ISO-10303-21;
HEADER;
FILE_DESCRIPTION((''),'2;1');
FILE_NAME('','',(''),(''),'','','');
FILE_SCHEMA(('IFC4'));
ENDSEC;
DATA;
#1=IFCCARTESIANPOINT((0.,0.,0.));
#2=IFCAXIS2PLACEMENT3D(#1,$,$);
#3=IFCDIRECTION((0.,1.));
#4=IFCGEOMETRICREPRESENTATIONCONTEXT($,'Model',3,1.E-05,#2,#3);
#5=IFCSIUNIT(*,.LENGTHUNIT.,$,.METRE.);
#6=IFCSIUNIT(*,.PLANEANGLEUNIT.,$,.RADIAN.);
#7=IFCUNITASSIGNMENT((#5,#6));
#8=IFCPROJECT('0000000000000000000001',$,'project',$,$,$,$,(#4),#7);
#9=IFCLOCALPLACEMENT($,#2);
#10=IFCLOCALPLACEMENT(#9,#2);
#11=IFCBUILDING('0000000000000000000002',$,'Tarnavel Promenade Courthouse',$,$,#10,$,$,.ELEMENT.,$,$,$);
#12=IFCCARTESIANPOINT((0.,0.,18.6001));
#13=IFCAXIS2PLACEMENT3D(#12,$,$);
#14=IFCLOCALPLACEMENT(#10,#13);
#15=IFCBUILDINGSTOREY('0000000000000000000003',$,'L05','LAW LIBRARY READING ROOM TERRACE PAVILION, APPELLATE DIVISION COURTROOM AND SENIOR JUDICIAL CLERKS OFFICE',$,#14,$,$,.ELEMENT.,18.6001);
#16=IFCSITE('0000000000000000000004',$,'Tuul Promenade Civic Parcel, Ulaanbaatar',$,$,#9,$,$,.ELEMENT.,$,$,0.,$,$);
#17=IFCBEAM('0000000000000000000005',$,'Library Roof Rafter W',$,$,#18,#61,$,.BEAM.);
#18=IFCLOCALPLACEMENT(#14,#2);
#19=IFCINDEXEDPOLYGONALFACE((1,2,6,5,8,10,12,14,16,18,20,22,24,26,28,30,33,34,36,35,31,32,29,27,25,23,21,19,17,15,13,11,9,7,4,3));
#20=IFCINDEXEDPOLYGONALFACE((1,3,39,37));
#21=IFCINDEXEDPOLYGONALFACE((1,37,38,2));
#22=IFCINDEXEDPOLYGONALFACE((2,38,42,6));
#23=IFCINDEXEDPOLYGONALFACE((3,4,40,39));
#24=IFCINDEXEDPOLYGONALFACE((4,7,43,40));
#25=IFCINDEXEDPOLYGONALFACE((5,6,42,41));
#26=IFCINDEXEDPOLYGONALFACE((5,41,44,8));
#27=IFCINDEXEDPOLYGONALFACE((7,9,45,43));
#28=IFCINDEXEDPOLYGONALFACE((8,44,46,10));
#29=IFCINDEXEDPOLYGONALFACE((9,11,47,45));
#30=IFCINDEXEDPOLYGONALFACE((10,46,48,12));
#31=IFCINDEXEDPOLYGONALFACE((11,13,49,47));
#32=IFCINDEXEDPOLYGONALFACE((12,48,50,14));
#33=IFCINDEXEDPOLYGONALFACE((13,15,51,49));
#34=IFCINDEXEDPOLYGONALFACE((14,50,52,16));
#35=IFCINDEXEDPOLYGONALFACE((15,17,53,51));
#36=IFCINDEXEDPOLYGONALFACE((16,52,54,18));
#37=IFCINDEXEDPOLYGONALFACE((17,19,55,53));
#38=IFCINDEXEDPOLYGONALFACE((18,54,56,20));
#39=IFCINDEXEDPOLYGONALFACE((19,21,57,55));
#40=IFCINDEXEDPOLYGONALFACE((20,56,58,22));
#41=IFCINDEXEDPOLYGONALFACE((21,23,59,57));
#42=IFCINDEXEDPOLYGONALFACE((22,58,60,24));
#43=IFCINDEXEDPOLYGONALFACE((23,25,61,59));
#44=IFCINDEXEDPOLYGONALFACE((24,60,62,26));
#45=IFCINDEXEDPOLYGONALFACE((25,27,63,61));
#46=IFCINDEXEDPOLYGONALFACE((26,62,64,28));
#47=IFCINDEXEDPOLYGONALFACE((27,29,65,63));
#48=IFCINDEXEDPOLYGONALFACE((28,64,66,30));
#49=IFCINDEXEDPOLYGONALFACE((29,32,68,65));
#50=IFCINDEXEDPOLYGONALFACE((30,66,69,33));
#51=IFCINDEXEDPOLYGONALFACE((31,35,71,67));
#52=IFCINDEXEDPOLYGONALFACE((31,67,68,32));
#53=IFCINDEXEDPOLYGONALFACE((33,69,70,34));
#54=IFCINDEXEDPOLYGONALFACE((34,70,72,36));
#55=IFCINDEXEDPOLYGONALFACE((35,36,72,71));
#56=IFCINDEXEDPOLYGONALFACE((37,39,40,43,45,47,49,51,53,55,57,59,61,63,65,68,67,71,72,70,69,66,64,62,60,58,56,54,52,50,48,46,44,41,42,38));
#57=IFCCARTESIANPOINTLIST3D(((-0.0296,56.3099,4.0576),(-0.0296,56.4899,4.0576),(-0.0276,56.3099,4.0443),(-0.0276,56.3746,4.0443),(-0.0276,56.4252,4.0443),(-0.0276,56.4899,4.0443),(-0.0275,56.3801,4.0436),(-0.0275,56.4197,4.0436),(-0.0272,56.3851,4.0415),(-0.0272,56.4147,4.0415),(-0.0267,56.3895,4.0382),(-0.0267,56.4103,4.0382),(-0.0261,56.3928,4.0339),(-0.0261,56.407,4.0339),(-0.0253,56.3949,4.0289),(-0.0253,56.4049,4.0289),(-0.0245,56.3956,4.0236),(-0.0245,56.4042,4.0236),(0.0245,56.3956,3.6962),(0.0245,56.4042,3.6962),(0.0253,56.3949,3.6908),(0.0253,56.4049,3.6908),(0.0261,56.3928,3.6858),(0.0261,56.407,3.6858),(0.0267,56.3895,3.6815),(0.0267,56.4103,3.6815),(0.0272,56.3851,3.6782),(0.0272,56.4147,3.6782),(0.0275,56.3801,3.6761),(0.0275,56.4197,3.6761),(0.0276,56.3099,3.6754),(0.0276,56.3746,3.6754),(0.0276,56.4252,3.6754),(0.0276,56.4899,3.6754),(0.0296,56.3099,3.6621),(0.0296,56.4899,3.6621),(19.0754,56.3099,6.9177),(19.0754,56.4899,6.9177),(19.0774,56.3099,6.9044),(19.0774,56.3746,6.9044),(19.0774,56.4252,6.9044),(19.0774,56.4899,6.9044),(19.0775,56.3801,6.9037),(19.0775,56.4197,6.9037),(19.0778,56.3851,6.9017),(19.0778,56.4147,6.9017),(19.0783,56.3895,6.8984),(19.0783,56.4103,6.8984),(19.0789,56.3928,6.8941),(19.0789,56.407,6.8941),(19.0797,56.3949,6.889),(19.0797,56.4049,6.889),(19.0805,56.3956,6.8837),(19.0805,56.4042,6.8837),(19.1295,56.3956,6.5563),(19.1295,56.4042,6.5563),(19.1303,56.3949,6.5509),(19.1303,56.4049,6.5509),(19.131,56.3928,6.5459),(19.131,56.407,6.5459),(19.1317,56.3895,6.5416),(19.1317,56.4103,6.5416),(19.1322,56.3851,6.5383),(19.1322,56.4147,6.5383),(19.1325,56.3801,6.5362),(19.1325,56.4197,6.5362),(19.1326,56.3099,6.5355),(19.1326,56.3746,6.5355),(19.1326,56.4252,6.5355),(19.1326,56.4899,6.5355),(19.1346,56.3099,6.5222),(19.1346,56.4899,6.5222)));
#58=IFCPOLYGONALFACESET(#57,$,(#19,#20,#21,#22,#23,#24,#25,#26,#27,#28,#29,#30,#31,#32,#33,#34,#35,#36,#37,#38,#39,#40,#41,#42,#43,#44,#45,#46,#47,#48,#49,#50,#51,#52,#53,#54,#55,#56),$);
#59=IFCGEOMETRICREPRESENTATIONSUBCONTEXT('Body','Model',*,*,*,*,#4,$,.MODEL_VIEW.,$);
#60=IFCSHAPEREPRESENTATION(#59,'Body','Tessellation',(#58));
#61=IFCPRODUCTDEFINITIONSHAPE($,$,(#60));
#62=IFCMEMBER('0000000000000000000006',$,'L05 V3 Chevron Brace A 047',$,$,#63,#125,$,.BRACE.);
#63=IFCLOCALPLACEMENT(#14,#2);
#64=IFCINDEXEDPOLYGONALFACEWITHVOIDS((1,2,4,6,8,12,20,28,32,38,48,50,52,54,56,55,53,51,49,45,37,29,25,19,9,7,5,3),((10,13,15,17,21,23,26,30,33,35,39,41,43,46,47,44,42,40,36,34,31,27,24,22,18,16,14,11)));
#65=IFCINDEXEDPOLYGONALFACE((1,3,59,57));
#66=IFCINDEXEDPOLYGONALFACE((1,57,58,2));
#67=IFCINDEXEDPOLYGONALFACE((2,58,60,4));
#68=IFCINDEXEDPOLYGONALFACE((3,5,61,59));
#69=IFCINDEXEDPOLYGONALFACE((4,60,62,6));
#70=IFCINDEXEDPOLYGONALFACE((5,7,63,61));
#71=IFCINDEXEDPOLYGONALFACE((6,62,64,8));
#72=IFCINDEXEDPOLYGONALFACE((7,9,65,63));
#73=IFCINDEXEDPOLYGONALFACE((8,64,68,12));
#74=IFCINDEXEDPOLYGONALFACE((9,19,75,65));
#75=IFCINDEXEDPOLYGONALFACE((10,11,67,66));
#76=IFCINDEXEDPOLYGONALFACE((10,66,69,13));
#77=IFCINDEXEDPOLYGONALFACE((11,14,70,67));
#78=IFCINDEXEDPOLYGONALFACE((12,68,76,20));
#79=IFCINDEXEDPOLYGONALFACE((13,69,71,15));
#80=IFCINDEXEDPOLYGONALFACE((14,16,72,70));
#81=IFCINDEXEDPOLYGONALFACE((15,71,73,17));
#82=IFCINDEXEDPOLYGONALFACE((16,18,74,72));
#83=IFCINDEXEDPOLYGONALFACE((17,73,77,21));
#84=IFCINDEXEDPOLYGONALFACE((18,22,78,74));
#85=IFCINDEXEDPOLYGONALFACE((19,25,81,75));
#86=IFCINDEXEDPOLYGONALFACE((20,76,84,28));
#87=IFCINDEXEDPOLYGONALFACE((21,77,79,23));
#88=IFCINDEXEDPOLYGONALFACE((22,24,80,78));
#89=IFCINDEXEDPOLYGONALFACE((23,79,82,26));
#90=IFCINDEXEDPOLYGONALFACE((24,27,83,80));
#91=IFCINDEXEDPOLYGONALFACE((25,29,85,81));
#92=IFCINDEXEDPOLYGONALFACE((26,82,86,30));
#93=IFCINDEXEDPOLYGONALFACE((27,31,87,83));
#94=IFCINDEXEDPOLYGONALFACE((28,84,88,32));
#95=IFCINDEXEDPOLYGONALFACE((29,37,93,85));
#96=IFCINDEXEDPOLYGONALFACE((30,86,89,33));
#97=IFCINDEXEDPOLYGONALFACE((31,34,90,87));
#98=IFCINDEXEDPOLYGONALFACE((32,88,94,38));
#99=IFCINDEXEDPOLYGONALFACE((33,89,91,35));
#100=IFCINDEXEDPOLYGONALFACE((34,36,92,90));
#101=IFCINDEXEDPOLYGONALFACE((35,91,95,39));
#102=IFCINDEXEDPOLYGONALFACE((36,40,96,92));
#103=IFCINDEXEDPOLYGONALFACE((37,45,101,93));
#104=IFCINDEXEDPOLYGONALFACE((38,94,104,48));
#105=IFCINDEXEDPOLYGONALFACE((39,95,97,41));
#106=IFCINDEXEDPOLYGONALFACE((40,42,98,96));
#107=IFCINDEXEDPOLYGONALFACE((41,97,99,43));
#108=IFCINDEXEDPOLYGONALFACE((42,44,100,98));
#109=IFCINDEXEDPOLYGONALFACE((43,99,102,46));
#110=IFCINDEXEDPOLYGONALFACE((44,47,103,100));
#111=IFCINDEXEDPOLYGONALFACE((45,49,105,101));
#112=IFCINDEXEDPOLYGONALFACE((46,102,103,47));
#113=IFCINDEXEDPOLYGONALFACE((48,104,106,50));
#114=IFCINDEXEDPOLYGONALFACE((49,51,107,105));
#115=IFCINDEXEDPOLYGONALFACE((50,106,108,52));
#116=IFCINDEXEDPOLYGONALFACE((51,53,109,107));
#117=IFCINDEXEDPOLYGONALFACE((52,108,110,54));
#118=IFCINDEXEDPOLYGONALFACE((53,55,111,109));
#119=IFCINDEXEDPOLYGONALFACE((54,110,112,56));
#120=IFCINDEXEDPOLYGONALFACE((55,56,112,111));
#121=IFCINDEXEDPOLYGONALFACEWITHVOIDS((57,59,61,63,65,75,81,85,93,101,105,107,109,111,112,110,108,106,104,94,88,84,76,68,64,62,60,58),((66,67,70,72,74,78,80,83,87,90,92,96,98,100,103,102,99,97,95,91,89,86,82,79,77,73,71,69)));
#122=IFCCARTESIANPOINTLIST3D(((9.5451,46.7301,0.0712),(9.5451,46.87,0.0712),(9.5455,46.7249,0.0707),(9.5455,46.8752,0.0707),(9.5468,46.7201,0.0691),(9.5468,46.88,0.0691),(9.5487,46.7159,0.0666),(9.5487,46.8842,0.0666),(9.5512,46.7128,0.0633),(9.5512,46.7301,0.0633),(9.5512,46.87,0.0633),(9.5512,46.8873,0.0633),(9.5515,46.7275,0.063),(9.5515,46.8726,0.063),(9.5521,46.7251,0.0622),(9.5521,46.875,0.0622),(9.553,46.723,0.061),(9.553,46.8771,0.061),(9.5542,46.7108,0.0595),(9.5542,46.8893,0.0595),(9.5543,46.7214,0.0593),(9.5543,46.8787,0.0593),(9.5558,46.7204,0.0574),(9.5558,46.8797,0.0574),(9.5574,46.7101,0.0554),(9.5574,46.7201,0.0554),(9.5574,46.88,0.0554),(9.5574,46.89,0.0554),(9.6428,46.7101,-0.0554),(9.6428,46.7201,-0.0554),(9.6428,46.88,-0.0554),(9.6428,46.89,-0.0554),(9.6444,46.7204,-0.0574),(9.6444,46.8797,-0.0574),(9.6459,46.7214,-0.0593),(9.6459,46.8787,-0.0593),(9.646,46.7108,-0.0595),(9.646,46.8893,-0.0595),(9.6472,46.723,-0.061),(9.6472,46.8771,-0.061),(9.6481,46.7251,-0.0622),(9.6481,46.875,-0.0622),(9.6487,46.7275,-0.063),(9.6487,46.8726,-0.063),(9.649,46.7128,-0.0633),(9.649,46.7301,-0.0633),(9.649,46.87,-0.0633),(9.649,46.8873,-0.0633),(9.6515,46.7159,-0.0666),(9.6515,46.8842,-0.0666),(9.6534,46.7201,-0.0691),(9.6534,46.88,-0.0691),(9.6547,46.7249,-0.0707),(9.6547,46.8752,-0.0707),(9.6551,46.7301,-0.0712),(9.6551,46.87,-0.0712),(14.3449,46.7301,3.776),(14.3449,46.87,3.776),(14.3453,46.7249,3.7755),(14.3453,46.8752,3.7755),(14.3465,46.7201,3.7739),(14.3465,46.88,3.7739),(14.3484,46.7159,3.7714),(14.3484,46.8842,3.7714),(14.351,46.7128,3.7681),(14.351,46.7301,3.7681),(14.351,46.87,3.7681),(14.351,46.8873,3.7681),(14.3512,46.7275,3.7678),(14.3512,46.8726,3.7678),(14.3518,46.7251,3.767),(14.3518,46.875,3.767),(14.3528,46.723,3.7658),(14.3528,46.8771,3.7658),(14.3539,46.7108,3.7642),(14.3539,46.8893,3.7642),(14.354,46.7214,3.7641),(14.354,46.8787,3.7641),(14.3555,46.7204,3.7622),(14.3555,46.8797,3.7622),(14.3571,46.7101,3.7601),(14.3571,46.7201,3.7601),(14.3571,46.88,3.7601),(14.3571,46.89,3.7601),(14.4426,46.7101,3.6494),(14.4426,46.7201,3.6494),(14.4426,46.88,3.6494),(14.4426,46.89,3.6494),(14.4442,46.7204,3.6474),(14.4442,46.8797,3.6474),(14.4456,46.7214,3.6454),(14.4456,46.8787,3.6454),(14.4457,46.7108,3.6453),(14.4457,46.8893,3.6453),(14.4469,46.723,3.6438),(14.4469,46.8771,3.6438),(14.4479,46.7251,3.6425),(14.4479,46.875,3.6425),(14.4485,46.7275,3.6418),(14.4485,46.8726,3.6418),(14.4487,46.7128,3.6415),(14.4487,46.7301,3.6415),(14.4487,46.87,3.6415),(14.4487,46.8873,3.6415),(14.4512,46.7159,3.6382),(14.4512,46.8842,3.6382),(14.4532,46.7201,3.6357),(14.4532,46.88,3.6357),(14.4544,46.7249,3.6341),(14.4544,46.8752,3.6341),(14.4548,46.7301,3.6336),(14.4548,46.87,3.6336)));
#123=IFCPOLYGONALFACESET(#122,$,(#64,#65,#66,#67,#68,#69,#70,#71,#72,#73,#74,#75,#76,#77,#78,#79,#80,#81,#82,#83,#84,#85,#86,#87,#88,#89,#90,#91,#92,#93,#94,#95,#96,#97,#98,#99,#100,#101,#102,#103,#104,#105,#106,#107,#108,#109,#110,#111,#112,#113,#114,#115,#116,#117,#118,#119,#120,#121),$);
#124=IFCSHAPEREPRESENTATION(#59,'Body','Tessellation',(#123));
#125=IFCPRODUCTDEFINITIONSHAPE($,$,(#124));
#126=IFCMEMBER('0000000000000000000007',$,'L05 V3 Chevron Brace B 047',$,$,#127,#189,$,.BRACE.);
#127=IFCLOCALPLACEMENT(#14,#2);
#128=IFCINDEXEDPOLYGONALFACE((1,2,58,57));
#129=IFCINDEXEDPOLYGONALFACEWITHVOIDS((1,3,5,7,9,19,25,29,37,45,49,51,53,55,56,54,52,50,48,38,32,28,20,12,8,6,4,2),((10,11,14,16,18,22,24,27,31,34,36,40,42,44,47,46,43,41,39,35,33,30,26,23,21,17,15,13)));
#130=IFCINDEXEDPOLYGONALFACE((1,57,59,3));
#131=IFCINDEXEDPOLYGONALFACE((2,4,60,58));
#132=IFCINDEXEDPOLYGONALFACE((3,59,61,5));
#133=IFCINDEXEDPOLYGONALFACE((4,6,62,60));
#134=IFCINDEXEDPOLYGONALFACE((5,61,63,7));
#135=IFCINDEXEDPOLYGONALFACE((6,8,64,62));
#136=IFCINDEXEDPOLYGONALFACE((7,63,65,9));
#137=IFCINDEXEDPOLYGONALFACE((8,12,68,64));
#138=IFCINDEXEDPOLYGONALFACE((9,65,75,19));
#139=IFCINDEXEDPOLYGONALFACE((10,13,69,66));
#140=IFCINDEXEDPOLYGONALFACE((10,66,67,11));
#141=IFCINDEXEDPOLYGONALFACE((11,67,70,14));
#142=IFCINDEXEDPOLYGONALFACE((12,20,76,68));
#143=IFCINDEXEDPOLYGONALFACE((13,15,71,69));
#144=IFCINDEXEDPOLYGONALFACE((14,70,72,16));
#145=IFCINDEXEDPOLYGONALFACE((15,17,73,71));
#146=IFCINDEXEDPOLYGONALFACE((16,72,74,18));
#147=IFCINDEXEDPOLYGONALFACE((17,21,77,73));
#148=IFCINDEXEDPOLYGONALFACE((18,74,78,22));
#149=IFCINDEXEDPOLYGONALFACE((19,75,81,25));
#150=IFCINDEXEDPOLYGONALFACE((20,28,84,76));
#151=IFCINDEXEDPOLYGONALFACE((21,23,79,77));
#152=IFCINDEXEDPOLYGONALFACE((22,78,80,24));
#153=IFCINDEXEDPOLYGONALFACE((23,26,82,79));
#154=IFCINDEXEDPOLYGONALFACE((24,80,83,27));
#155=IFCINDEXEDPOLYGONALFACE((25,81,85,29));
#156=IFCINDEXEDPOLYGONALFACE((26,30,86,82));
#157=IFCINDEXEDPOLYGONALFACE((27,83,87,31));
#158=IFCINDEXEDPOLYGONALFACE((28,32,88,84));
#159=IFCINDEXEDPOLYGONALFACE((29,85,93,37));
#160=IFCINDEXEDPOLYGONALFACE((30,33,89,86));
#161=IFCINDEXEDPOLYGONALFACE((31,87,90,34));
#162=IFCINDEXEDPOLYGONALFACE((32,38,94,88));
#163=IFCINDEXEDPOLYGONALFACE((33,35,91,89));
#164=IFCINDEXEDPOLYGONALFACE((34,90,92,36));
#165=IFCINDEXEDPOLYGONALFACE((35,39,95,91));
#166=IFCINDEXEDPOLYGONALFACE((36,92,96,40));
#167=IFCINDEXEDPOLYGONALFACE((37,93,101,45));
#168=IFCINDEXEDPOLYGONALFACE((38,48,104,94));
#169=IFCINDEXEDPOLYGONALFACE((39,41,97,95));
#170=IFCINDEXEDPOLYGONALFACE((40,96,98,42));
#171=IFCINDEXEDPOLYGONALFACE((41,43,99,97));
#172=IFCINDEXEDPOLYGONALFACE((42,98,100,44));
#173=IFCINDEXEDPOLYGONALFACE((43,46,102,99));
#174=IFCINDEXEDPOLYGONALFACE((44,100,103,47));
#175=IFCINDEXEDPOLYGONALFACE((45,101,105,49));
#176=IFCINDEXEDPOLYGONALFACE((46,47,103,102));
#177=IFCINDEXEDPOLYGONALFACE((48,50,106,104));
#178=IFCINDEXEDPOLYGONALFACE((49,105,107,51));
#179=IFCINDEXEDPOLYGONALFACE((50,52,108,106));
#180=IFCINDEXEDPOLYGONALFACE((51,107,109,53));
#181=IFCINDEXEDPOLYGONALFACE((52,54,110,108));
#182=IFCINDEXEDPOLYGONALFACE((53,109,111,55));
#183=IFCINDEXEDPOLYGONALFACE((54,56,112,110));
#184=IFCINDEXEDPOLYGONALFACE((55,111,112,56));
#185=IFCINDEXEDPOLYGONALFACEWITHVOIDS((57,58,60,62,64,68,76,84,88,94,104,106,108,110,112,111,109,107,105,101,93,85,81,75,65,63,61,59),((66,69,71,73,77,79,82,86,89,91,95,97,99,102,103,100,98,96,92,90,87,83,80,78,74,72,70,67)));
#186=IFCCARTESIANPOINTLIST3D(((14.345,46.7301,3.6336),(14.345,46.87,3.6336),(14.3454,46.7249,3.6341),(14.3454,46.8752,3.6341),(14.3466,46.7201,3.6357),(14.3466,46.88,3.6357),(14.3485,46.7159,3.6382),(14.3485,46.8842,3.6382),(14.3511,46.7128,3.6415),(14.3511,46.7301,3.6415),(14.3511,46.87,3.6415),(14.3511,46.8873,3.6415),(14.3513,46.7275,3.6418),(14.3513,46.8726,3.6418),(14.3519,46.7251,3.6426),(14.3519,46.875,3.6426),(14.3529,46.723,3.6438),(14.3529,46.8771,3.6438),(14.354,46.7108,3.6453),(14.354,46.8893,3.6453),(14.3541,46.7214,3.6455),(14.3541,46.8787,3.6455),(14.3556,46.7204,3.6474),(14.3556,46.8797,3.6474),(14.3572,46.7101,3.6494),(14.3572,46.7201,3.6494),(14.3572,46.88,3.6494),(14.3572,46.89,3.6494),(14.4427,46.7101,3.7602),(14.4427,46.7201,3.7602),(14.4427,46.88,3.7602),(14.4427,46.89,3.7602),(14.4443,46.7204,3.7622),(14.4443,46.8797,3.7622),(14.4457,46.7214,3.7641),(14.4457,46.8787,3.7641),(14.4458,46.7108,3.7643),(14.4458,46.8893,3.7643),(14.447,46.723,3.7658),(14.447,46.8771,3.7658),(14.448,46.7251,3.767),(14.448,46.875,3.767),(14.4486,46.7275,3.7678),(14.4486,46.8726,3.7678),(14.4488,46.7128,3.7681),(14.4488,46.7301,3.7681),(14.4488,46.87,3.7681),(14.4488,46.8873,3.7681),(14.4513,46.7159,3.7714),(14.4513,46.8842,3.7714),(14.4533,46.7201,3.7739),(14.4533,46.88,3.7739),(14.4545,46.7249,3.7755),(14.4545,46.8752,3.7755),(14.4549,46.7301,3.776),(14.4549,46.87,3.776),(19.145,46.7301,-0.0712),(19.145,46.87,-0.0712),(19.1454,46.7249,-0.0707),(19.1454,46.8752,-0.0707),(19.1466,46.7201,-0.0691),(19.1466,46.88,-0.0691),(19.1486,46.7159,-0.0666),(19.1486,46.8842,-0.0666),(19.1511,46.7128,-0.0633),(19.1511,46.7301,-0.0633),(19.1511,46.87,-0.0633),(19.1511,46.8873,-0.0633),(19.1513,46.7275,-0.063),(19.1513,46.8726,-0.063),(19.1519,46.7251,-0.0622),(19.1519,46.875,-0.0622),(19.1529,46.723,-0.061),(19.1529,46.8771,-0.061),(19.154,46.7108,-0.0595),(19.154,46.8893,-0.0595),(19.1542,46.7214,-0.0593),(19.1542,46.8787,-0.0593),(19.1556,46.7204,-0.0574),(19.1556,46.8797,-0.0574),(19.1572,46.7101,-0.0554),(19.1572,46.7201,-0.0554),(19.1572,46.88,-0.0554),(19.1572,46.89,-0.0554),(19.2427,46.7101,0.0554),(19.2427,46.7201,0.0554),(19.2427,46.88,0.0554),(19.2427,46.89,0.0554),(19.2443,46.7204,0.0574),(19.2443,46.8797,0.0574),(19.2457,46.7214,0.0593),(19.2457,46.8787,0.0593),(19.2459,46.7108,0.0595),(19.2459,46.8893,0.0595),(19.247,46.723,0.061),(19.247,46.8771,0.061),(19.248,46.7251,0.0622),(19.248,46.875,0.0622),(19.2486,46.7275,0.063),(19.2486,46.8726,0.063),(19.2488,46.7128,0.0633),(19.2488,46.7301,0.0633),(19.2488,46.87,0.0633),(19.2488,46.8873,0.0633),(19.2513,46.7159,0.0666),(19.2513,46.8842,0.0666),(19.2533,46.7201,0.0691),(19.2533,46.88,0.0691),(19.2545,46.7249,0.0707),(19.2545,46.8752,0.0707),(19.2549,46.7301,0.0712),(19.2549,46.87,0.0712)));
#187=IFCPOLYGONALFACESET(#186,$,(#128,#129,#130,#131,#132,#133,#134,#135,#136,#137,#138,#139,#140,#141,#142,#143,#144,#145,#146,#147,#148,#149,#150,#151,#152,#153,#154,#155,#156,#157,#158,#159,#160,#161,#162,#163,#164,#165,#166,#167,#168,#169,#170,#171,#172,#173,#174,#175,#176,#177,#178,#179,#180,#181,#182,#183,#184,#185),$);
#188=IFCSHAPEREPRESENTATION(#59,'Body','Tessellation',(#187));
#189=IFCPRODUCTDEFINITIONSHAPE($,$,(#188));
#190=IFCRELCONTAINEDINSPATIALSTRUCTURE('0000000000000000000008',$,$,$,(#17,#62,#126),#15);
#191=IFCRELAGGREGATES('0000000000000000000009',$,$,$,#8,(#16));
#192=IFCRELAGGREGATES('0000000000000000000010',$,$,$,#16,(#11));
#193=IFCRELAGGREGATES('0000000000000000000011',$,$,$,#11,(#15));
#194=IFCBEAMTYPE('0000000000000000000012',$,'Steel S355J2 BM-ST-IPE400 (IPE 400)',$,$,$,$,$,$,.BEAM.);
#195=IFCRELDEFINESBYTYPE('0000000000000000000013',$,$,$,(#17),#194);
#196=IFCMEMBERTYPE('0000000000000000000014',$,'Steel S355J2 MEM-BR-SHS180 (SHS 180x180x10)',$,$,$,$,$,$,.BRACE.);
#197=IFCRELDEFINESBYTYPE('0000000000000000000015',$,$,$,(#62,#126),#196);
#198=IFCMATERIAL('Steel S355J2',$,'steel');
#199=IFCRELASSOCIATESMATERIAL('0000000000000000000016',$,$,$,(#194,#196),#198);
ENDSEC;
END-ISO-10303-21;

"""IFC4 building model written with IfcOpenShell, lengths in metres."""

from ifc_helpers import new_model, si_unit, direction, frame, origin, origin_2d, place, context, subcontext, project, spatial, hollow_rectangle, i_section, extrude, material, material_profile, profile_set, type_object, element, save


model = new_model("IFC4")

# Units and contexts
model_context = context("Model", 3, precision=1e-05, world=origin(), true_north=direction((0.0, 1.0)))
body_context = subcontext(model_context, "Body", "Model", "MODEL_VIEW")
ifc_project = project(units=[si_unit("LENGTHUNIT", "METRE"), si_unit("PLANEANGLEUNIT", "RADIAN")], contexts=[model_context])

# Site, building, storey
site_placement = place(None, origin())
site = spatial("IfcSite", under=ifc_project, at=site_placement, Name="Tuul Promenade Civic Parcel, Ulaanbaatar", CompositionType="ELEMENT", RefElevation=0.0)
building_placement = place(site_placement, origin())
building = spatial("IfcBuilding", under=site, at=building_placement, Name="Tarnavel Promenade Courthouse", CompositionType="ELEMENT")
storey_placement = place(building_placement, frame((0.0, 0.0, 18.6001)))
storey = spatial("IfcBuildingStorey", under=building, at=storey_placement, Name="L05", Description="LAW LIBRARY READING ROOM TERRACE PAVILION, APPELLATE DIVISION COURTROOM AND SENIOR JUDICIAL CLERKS OFFICE", CompositionType="ELEMENT", Elevation=18.6001)

# Beam
ifc_material_1 = material(Name="Steel S355J2", Category="steel")
ifc_material_profile_1 = material_profile(ifc_material_1, i_section(OverallWidth=0.1799, OverallDepth=0.3999, WebThickness=0.0085, FlangeThickness=0.0134, FilletRadius=0.021, at=origin_2d()), Name="IPE 400")
ifc_profile_set_1 = profile_set([ifc_material_profile_1], Name="Steel S355J2")
beam_type_1 = type_object("IfcBeamType", Name="Steel S355J2 BM-ST-IPE400 (IPE 400)", PredefinedType="BEAM", material=ifc_profile_set_1)
beam_1_placement = place(storey_placement, frame((0.0, 56.3999, 3.8599), z_axis=(0.988979, 0.0, 0.148055), x_axis=(0.0, 1.0, 0.0)))
element("IfcBeam", 1, at=beam_1_placement, inside=storey, type_object=beam_type_1, Name="Library Roof Rafter W", PredefinedType="BEAM", context=body_context, shape_type="SweptSolid", body=[
    extrude(i_section(OverallWidth=0.1799, OverallDepth=0.3999, WebThickness=0.0085, FlangeThickness=0.0134, FilletRadius=0.021, at=origin_2d()), origin(), (0.0, 0.0, 1.0), 19.3179),
])

# Members
ifc_material_profile_2 = material_profile(ifc_material_1, hollow_rectangle(XDim=0.1799, YDim=0.1799, WallThickness=0.01, InnerFilletRadius=0.01, OuterFilletRadius=0.02, at=origin_2d()), Name="SHS 180x180x10")
ifc_profile_set_2 = profile_set([ifc_material_profile_2], Name="Steel S355J2")
member_type = type_object("IfcMemberType", Name="Steel S355J2 MEM-BR-SHS180 (SHS 180x180x10)", PredefinedType="BRACE", material=ifc_profile_set_2)
member_1_placement = place(storey_placement, frame((9.6001, 46.8, 0.0), z_axis=(0.791613, 0.0, 0.611023), x_axis=(0.0, 1.0, 0.0)))
element("IfcMember", 2, at=member_1_placement, inside=storey, type_object=member_type, Name="L05 V3 Chevron Brace A 047", PredefinedType="BRACE", context=body_context, shape_type="SweptSolid", body=[
    extrude(hollow_rectangle(XDim=0.1799, YDim=0.1799, WallThickness=0.01, InnerFilletRadius=0.01, OuterFilletRadius=0.02, at=origin_2d()), origin(), (0.0, 0.0, 1.0), 6.0632),
])
member_2_placement = place(storey_placement, frame((19.2, 46.8, 0.0), z_axis=(-0.791628, 0.0, 0.611004), x_axis=(0.0, -1.0, 0.0)))
element("IfcMember", 3, at=member_2_placement, inside=storey, type_object=member_type, Name="L05 V3 Chevron Brace B 047", PredefinedType="BRACE", context=body_context, shape_type="SweptSolid", body=[
    extrude(hollow_rectangle(XDim=0.1799, YDim=0.1799, WallThickness=0.01, InnerFilletRadius=0.01, OuterFilletRadius=0.02, at=origin_2d()), origin(), (0.0, 0.0, 1.0), 6.0635),
])

save(model, "model.ifc")
